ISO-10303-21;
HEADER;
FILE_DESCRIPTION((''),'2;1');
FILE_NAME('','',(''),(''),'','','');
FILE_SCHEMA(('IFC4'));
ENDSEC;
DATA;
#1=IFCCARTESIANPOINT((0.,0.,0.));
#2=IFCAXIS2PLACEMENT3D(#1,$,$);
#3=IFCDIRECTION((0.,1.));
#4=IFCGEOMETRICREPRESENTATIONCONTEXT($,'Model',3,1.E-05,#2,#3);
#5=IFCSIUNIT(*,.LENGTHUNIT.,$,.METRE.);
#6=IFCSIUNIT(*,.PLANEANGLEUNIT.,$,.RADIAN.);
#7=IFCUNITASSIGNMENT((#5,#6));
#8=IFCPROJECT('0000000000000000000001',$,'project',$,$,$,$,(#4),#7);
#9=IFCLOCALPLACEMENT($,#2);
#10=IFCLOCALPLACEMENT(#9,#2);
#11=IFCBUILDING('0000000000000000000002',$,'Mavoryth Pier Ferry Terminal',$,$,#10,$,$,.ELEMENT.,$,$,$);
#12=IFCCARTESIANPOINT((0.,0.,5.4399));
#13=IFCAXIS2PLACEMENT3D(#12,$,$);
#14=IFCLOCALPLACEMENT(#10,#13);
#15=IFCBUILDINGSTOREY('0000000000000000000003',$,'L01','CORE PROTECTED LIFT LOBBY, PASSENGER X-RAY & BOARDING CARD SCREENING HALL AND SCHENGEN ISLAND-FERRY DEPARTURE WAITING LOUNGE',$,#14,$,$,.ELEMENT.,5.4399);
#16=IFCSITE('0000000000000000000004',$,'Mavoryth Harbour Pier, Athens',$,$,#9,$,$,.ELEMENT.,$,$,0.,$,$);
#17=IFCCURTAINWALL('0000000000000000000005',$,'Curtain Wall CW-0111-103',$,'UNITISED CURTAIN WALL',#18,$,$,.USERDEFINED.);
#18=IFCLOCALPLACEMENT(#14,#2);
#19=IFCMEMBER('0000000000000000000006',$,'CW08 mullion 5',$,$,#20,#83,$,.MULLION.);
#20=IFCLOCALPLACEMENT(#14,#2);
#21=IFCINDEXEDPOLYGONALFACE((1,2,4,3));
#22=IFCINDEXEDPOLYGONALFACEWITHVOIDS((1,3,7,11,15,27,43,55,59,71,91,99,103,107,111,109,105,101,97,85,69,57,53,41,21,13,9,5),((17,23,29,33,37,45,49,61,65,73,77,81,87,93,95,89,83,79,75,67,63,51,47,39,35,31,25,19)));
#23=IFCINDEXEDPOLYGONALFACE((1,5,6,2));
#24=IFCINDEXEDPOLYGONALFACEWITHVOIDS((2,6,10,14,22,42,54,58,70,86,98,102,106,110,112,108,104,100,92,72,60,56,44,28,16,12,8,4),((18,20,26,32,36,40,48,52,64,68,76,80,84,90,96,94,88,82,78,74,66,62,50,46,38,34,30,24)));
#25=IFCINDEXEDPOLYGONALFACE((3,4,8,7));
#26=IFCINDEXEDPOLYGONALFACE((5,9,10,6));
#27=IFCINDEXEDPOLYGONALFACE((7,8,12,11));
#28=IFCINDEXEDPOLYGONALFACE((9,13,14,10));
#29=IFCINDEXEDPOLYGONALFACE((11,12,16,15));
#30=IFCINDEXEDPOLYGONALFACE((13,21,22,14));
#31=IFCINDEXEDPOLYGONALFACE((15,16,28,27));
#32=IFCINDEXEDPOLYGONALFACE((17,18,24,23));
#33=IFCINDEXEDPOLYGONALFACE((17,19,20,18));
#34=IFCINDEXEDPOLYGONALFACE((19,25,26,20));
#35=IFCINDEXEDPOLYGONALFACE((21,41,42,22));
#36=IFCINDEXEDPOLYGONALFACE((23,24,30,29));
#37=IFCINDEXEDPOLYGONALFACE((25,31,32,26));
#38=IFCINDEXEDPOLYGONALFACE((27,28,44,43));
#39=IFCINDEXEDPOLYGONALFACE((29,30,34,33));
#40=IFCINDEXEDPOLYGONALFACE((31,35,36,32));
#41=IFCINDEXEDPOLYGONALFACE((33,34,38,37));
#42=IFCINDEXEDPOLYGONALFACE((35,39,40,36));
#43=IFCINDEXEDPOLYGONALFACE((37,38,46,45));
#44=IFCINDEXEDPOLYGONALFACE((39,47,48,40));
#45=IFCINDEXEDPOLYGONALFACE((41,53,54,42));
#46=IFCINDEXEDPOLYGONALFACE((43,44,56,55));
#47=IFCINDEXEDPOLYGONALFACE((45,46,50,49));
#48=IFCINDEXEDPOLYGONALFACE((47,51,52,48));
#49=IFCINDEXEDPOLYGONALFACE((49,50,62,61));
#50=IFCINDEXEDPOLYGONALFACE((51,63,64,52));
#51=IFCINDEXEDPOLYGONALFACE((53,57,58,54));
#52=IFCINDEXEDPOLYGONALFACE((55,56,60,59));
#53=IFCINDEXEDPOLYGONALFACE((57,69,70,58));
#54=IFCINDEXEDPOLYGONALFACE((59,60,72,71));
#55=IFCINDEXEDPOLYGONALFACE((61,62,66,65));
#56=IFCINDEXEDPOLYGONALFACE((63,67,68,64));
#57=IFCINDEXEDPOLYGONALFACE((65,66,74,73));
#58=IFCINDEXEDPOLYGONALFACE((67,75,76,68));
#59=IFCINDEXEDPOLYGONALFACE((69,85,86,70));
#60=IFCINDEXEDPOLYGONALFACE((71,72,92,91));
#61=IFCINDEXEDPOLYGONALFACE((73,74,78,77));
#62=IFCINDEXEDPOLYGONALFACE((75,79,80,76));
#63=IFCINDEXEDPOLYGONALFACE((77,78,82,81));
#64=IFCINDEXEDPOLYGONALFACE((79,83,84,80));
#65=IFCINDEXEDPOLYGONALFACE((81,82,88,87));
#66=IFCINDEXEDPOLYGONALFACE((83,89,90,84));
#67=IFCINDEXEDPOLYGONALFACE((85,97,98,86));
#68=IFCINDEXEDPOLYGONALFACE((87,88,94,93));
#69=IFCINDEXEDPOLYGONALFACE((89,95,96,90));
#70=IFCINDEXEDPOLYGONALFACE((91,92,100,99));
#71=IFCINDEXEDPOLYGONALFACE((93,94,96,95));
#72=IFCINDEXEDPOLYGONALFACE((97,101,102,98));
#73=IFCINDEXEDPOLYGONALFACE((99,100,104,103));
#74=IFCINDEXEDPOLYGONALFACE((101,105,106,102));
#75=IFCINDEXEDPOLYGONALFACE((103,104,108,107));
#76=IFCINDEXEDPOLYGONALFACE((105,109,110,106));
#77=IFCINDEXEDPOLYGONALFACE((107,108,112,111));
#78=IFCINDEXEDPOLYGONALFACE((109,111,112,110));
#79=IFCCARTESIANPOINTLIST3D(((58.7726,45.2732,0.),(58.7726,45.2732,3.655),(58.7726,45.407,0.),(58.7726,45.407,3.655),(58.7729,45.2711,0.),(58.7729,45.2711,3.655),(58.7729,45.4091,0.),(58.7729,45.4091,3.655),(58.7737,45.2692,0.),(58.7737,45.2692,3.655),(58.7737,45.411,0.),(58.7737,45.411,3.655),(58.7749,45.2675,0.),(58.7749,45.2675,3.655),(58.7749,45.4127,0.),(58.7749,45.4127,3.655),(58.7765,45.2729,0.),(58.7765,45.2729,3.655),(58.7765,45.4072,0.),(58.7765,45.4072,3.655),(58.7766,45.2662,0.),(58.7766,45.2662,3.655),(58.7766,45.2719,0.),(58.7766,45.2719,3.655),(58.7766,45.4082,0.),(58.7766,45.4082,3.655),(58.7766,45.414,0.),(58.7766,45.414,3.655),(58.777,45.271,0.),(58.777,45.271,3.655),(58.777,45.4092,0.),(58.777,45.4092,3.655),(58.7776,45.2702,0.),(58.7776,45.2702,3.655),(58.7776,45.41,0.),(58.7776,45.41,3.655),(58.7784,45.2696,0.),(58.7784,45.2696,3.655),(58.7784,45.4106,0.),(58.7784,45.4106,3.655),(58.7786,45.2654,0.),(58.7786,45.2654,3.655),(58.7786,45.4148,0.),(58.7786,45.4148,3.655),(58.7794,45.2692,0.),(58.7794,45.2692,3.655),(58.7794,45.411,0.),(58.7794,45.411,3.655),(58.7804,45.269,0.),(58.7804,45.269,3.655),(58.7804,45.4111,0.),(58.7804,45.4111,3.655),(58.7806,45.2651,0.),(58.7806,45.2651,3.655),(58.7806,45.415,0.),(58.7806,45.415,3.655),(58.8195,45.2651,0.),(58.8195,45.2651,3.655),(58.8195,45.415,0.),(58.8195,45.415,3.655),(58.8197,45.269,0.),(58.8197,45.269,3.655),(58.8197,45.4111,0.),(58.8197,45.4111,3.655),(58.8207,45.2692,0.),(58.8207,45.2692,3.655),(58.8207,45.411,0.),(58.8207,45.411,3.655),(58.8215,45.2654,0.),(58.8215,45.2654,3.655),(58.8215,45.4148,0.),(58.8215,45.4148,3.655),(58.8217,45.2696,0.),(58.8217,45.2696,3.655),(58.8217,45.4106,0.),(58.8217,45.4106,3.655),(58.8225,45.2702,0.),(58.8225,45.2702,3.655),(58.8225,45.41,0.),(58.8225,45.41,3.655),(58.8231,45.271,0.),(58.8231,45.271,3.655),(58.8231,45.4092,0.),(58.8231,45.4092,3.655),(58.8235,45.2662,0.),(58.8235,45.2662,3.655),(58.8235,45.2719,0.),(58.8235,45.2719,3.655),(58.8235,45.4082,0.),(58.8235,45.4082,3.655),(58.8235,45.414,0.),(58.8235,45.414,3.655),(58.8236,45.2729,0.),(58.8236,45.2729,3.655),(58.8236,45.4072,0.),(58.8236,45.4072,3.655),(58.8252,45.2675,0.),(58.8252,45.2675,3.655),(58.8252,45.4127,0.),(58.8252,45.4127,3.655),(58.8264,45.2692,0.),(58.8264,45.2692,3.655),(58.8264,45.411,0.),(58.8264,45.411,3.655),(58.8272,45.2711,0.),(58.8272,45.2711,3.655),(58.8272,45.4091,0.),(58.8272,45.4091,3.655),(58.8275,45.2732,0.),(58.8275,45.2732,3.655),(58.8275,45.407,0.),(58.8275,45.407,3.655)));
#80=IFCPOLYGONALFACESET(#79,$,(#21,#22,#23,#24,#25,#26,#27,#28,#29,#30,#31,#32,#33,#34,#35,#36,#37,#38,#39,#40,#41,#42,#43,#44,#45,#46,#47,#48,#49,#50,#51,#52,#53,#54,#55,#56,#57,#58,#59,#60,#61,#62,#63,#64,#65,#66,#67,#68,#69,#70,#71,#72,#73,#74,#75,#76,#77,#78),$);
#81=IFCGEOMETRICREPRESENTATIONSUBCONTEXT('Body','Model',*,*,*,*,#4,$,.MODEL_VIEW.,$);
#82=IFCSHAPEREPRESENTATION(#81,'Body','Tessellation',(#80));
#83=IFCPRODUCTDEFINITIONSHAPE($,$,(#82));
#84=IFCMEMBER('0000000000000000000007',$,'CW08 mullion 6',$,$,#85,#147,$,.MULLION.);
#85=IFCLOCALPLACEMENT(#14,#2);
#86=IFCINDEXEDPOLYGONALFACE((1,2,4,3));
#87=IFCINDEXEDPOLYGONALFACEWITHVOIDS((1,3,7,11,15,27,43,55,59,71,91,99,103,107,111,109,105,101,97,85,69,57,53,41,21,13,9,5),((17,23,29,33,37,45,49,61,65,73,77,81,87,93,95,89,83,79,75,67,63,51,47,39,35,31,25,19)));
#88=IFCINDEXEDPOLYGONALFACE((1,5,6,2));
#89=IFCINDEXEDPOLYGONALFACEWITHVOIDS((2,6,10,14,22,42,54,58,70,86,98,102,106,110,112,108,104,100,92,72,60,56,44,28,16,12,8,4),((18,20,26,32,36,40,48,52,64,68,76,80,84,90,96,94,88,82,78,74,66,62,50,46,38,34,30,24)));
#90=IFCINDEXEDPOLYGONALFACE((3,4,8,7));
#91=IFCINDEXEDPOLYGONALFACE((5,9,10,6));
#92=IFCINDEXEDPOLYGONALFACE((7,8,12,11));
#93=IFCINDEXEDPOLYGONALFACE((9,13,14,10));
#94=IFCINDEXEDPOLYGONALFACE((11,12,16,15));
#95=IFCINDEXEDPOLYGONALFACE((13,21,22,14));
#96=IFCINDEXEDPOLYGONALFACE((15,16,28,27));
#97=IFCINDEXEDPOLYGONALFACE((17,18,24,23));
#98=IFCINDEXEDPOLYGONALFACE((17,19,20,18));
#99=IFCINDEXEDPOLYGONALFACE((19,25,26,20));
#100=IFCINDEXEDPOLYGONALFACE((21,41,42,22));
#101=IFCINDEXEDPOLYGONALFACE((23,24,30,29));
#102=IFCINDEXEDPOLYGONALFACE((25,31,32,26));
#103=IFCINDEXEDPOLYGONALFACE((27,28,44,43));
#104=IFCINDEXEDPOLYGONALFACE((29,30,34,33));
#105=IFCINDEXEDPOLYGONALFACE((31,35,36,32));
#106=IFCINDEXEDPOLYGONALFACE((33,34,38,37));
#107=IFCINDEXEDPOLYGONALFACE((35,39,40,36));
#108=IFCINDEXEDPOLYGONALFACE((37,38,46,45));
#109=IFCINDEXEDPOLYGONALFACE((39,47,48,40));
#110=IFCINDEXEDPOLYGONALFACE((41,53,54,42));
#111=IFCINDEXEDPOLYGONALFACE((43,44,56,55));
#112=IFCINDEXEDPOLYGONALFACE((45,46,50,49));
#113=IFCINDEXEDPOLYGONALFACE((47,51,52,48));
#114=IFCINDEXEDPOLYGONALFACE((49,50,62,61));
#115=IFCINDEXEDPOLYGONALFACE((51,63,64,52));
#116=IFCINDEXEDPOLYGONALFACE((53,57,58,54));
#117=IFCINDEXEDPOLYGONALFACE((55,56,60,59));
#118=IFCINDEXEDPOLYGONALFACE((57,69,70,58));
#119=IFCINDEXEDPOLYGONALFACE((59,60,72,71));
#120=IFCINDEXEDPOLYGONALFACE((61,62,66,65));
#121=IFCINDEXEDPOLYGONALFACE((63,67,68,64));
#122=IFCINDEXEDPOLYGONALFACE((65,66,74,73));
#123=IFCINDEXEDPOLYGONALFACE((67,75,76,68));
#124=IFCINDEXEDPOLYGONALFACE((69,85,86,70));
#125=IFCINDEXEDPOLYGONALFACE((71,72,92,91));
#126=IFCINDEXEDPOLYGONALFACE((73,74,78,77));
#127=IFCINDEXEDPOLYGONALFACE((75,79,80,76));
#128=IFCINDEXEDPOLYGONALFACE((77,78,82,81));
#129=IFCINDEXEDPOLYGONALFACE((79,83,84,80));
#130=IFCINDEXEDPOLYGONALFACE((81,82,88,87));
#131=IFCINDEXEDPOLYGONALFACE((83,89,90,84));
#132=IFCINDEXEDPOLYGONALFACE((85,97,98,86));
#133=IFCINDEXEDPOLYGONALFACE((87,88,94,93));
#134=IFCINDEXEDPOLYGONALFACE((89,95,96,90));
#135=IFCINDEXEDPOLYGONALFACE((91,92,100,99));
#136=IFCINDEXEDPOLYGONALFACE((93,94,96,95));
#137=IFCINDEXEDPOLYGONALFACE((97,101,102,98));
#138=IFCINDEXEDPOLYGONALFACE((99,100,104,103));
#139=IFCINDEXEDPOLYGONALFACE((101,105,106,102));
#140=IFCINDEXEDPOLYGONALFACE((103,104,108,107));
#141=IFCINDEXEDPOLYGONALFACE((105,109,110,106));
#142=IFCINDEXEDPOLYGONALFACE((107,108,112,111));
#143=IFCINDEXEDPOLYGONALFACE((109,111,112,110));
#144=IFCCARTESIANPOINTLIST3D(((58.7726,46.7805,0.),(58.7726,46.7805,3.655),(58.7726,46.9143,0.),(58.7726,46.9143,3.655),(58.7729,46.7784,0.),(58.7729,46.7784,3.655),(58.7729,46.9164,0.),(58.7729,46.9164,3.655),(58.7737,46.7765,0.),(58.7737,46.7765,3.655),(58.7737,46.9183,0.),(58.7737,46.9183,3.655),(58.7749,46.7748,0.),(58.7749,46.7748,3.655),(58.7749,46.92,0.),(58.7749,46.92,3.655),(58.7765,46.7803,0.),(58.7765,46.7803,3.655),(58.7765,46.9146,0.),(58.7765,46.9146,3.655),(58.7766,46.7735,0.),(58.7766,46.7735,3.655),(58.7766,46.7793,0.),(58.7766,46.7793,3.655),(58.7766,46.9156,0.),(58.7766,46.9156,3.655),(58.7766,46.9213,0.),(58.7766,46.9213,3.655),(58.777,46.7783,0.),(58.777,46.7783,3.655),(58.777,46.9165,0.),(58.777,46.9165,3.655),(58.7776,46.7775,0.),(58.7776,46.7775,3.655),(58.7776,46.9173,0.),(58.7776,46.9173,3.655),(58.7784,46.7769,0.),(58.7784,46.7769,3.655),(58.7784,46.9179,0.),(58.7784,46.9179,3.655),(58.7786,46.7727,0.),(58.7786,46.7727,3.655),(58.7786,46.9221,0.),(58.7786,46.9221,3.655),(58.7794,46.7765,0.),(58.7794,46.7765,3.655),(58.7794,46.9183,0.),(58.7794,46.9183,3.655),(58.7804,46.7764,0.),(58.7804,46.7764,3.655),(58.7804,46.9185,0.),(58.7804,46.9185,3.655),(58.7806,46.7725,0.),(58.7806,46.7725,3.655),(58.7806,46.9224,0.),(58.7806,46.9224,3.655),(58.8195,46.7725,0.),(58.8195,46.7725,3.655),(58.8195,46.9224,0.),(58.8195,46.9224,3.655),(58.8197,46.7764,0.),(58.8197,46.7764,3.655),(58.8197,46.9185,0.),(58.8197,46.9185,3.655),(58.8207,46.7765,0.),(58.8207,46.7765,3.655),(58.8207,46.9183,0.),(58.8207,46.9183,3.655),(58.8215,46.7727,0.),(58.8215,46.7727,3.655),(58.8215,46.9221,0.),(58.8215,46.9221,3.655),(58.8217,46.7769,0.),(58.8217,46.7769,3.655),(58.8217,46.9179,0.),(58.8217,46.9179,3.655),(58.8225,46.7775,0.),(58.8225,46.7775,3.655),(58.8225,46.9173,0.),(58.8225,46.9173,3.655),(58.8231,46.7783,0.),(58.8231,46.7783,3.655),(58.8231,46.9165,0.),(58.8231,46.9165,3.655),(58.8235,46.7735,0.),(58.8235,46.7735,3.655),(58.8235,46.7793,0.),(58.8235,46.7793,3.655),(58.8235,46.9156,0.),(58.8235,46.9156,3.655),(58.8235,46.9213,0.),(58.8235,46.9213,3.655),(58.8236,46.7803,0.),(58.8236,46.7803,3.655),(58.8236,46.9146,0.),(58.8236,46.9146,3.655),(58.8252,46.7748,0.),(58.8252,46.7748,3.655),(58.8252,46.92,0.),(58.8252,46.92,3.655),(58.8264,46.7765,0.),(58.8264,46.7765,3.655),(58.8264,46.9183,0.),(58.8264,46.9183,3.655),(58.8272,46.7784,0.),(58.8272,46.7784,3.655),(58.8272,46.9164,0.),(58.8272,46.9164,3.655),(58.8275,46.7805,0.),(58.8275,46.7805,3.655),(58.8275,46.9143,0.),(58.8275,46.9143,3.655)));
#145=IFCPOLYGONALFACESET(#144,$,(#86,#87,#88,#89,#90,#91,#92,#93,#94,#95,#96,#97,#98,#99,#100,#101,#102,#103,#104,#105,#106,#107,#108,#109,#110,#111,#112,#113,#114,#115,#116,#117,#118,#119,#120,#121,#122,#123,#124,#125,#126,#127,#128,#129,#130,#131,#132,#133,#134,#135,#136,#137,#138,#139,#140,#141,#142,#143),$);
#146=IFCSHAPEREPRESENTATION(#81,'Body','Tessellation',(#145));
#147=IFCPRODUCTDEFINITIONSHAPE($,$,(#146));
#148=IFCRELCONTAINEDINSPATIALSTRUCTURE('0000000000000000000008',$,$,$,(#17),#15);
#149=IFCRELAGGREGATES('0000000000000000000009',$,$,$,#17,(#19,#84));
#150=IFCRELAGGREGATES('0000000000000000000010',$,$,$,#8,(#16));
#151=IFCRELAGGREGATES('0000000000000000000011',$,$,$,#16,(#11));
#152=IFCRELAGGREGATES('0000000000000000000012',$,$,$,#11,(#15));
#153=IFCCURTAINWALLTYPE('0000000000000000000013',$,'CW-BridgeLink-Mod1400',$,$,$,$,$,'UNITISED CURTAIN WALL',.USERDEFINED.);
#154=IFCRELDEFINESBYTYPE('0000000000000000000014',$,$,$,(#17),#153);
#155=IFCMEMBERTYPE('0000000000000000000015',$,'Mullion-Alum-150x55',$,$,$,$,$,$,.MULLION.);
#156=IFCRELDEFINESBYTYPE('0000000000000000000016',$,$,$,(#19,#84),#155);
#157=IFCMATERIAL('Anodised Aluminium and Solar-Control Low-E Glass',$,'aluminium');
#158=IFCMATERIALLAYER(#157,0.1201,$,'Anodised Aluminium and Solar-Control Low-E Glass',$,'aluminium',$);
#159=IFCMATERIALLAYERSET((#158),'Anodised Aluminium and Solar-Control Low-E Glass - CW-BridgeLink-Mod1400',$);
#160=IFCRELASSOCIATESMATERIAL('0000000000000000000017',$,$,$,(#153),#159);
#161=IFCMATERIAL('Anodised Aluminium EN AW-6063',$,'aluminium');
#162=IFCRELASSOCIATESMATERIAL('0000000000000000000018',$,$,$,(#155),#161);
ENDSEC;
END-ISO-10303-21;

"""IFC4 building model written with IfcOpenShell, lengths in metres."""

from ifc_helpers import new_model, si_unit, direction, frame, origin, origin_2d, place, context, subcontext, project, spatial, hollow_rectangle, extrude, material, layer, layer_set, material_profile, profile_set, type_object, element, aggregate, save


model = new_model("IFC4")

# Units and contexts
model_context = context("Model", 3, precision=1e-05, world=origin(), true_north=direction((0.0, 1.0)))
body_context = subcontext(model_context, "Body", "Model", "MODEL_VIEW")
ifc_project = project(units=[si_unit("LENGTHUNIT", "METRE"), si_unit("PLANEANGLEUNIT", "RADIAN")], contexts=[model_context])

# Site, building, storey
site_placement = place(None, origin())
site = spatial("IfcSite", under=ifc_project, at=site_placement, Name="Mavoryth Harbour Pier, Athens", CompositionType="ELEMENT", RefElevation=0.0)
building_placement = place(site_placement, origin())
building = spatial("IfcBuilding", under=site, at=building_placement, Name="Mavoryth Pier Ferry Terminal", CompositionType="ELEMENT")
storey_placement = place(building_placement, frame((0.0, 0.0, 5.4399)))
storey = spatial("IfcBuildingStorey", under=building, at=storey_placement, Name="L01", Description="CORE PROTECTED LIFT LOBBY, PASSENGER X-RAY & BOARDING CARD SCREENING HALL AND SCHENGEN ISLAND-FERRY DEPARTURE WAITING LOUNGE", CompositionType="ELEMENT", Elevation=5.4399)

# Curtain wall, members
ifc_material_1 = material(Name="Anodised Aluminium and Solar-Control Low-E Glass", Category="aluminium")
ifc_layer_1 = layer(ifc_material_1, 0.1201, Name="Anodised Aluminium and Solar-Control Low-E Glass", Category="aluminium")
ifc_layer_set_1 = layer_set([ifc_layer_1], Name="Anodised Aluminium and Solar-Control Low-E Glass - CW-BridgeLink-Mod1400")
curtain_wall_type = type_object("IfcCurtainWallType", Name="CW-BridgeLink-Mod1400", ElementType="UNITISED CURTAIN WALL", PredefinedType="USERDEFINED", material=ifc_layer_set_1)
curtain_wall_1_placement = place(storey_placement, origin())
curtain_wall_1 = element("IfcCurtainWall", 1, at=curtain_wall_1_placement, inside=storey, type_object=curtain_wall_type, Name="Curtain Wall CW-0111-103", ObjectType="UNITISED CURTAIN WALL", PredefinedType="USERDEFINED")
ifc_material_2 = material(Name="Anodised Aluminium EN AW-6063", Category="aluminium")
ifc_material_profile_1 = material_profile(ifc_material_2, hollow_rectangle(XDim=0.0549, YDim=0.1499, WallThickness=0.0039, InnerFilletRadius=0.0039, OuterFilletRadius=0.0081, at=origin_2d()), Name="AL-MULL 150x55x4", Category="aluminium")
ifc_profile_set_1 = profile_set([ifc_material_profile_1], Name="Anodised Aluminium EN AW-6063 - AL-MULL 150x55x4")
member_type_1 = type_object("IfcMemberType", Name="Mullion-Alum-150x55", PredefinedType="MULLION", material=ifc_profile_set_1)
member_1_placement = place(storey_placement, frame((58.8, 45.3401, 0.0), z_axis=(0.0, 0.0, 1.0), x_axis=(-1.0, 0.0, 0.0)))
member_1 = element("IfcMember", 2, at=member_1_placement, type_object=member_type_1, Name="CW08 mullion 5", PredefinedType="MULLION", context=body_context, shape_type="SweptSolid", body=[
    extrude(hollow_rectangle(XDim=0.0549, YDim=0.1499, WallThickness=0.0039, InnerFilletRadius=0.0039, OuterFilletRadius=0.0081, at=origin_2d()), origin(), (0.0, 0.0, 1.0), 3.655),
])
member_2_placement = place(storey_placement, frame((58.8, 46.8474, 0.0), z_axis=(0.0, 0.0, 1.0), x_axis=(-1.0, 0.0, 0.0)))
member_2 = element("IfcMember", 3, at=member_2_placement, type_object=member_type_1, Name="CW08 mullion 6", PredefinedType="MULLION", context=body_context, shape_type="SweptSolid", body=[
    extrude(hollow_rectangle(XDim=0.0549, YDim=0.1499, WallThickness=0.0039, InnerFilletRadius=0.0039, OuterFilletRadius=0.0081, at=origin_2d()), origin(), (0.0, 0.0, 1.0), 3.655),
])

aggregate(curtain_wall_1, [member_1, member_2])

save(model, "model.ifc")
